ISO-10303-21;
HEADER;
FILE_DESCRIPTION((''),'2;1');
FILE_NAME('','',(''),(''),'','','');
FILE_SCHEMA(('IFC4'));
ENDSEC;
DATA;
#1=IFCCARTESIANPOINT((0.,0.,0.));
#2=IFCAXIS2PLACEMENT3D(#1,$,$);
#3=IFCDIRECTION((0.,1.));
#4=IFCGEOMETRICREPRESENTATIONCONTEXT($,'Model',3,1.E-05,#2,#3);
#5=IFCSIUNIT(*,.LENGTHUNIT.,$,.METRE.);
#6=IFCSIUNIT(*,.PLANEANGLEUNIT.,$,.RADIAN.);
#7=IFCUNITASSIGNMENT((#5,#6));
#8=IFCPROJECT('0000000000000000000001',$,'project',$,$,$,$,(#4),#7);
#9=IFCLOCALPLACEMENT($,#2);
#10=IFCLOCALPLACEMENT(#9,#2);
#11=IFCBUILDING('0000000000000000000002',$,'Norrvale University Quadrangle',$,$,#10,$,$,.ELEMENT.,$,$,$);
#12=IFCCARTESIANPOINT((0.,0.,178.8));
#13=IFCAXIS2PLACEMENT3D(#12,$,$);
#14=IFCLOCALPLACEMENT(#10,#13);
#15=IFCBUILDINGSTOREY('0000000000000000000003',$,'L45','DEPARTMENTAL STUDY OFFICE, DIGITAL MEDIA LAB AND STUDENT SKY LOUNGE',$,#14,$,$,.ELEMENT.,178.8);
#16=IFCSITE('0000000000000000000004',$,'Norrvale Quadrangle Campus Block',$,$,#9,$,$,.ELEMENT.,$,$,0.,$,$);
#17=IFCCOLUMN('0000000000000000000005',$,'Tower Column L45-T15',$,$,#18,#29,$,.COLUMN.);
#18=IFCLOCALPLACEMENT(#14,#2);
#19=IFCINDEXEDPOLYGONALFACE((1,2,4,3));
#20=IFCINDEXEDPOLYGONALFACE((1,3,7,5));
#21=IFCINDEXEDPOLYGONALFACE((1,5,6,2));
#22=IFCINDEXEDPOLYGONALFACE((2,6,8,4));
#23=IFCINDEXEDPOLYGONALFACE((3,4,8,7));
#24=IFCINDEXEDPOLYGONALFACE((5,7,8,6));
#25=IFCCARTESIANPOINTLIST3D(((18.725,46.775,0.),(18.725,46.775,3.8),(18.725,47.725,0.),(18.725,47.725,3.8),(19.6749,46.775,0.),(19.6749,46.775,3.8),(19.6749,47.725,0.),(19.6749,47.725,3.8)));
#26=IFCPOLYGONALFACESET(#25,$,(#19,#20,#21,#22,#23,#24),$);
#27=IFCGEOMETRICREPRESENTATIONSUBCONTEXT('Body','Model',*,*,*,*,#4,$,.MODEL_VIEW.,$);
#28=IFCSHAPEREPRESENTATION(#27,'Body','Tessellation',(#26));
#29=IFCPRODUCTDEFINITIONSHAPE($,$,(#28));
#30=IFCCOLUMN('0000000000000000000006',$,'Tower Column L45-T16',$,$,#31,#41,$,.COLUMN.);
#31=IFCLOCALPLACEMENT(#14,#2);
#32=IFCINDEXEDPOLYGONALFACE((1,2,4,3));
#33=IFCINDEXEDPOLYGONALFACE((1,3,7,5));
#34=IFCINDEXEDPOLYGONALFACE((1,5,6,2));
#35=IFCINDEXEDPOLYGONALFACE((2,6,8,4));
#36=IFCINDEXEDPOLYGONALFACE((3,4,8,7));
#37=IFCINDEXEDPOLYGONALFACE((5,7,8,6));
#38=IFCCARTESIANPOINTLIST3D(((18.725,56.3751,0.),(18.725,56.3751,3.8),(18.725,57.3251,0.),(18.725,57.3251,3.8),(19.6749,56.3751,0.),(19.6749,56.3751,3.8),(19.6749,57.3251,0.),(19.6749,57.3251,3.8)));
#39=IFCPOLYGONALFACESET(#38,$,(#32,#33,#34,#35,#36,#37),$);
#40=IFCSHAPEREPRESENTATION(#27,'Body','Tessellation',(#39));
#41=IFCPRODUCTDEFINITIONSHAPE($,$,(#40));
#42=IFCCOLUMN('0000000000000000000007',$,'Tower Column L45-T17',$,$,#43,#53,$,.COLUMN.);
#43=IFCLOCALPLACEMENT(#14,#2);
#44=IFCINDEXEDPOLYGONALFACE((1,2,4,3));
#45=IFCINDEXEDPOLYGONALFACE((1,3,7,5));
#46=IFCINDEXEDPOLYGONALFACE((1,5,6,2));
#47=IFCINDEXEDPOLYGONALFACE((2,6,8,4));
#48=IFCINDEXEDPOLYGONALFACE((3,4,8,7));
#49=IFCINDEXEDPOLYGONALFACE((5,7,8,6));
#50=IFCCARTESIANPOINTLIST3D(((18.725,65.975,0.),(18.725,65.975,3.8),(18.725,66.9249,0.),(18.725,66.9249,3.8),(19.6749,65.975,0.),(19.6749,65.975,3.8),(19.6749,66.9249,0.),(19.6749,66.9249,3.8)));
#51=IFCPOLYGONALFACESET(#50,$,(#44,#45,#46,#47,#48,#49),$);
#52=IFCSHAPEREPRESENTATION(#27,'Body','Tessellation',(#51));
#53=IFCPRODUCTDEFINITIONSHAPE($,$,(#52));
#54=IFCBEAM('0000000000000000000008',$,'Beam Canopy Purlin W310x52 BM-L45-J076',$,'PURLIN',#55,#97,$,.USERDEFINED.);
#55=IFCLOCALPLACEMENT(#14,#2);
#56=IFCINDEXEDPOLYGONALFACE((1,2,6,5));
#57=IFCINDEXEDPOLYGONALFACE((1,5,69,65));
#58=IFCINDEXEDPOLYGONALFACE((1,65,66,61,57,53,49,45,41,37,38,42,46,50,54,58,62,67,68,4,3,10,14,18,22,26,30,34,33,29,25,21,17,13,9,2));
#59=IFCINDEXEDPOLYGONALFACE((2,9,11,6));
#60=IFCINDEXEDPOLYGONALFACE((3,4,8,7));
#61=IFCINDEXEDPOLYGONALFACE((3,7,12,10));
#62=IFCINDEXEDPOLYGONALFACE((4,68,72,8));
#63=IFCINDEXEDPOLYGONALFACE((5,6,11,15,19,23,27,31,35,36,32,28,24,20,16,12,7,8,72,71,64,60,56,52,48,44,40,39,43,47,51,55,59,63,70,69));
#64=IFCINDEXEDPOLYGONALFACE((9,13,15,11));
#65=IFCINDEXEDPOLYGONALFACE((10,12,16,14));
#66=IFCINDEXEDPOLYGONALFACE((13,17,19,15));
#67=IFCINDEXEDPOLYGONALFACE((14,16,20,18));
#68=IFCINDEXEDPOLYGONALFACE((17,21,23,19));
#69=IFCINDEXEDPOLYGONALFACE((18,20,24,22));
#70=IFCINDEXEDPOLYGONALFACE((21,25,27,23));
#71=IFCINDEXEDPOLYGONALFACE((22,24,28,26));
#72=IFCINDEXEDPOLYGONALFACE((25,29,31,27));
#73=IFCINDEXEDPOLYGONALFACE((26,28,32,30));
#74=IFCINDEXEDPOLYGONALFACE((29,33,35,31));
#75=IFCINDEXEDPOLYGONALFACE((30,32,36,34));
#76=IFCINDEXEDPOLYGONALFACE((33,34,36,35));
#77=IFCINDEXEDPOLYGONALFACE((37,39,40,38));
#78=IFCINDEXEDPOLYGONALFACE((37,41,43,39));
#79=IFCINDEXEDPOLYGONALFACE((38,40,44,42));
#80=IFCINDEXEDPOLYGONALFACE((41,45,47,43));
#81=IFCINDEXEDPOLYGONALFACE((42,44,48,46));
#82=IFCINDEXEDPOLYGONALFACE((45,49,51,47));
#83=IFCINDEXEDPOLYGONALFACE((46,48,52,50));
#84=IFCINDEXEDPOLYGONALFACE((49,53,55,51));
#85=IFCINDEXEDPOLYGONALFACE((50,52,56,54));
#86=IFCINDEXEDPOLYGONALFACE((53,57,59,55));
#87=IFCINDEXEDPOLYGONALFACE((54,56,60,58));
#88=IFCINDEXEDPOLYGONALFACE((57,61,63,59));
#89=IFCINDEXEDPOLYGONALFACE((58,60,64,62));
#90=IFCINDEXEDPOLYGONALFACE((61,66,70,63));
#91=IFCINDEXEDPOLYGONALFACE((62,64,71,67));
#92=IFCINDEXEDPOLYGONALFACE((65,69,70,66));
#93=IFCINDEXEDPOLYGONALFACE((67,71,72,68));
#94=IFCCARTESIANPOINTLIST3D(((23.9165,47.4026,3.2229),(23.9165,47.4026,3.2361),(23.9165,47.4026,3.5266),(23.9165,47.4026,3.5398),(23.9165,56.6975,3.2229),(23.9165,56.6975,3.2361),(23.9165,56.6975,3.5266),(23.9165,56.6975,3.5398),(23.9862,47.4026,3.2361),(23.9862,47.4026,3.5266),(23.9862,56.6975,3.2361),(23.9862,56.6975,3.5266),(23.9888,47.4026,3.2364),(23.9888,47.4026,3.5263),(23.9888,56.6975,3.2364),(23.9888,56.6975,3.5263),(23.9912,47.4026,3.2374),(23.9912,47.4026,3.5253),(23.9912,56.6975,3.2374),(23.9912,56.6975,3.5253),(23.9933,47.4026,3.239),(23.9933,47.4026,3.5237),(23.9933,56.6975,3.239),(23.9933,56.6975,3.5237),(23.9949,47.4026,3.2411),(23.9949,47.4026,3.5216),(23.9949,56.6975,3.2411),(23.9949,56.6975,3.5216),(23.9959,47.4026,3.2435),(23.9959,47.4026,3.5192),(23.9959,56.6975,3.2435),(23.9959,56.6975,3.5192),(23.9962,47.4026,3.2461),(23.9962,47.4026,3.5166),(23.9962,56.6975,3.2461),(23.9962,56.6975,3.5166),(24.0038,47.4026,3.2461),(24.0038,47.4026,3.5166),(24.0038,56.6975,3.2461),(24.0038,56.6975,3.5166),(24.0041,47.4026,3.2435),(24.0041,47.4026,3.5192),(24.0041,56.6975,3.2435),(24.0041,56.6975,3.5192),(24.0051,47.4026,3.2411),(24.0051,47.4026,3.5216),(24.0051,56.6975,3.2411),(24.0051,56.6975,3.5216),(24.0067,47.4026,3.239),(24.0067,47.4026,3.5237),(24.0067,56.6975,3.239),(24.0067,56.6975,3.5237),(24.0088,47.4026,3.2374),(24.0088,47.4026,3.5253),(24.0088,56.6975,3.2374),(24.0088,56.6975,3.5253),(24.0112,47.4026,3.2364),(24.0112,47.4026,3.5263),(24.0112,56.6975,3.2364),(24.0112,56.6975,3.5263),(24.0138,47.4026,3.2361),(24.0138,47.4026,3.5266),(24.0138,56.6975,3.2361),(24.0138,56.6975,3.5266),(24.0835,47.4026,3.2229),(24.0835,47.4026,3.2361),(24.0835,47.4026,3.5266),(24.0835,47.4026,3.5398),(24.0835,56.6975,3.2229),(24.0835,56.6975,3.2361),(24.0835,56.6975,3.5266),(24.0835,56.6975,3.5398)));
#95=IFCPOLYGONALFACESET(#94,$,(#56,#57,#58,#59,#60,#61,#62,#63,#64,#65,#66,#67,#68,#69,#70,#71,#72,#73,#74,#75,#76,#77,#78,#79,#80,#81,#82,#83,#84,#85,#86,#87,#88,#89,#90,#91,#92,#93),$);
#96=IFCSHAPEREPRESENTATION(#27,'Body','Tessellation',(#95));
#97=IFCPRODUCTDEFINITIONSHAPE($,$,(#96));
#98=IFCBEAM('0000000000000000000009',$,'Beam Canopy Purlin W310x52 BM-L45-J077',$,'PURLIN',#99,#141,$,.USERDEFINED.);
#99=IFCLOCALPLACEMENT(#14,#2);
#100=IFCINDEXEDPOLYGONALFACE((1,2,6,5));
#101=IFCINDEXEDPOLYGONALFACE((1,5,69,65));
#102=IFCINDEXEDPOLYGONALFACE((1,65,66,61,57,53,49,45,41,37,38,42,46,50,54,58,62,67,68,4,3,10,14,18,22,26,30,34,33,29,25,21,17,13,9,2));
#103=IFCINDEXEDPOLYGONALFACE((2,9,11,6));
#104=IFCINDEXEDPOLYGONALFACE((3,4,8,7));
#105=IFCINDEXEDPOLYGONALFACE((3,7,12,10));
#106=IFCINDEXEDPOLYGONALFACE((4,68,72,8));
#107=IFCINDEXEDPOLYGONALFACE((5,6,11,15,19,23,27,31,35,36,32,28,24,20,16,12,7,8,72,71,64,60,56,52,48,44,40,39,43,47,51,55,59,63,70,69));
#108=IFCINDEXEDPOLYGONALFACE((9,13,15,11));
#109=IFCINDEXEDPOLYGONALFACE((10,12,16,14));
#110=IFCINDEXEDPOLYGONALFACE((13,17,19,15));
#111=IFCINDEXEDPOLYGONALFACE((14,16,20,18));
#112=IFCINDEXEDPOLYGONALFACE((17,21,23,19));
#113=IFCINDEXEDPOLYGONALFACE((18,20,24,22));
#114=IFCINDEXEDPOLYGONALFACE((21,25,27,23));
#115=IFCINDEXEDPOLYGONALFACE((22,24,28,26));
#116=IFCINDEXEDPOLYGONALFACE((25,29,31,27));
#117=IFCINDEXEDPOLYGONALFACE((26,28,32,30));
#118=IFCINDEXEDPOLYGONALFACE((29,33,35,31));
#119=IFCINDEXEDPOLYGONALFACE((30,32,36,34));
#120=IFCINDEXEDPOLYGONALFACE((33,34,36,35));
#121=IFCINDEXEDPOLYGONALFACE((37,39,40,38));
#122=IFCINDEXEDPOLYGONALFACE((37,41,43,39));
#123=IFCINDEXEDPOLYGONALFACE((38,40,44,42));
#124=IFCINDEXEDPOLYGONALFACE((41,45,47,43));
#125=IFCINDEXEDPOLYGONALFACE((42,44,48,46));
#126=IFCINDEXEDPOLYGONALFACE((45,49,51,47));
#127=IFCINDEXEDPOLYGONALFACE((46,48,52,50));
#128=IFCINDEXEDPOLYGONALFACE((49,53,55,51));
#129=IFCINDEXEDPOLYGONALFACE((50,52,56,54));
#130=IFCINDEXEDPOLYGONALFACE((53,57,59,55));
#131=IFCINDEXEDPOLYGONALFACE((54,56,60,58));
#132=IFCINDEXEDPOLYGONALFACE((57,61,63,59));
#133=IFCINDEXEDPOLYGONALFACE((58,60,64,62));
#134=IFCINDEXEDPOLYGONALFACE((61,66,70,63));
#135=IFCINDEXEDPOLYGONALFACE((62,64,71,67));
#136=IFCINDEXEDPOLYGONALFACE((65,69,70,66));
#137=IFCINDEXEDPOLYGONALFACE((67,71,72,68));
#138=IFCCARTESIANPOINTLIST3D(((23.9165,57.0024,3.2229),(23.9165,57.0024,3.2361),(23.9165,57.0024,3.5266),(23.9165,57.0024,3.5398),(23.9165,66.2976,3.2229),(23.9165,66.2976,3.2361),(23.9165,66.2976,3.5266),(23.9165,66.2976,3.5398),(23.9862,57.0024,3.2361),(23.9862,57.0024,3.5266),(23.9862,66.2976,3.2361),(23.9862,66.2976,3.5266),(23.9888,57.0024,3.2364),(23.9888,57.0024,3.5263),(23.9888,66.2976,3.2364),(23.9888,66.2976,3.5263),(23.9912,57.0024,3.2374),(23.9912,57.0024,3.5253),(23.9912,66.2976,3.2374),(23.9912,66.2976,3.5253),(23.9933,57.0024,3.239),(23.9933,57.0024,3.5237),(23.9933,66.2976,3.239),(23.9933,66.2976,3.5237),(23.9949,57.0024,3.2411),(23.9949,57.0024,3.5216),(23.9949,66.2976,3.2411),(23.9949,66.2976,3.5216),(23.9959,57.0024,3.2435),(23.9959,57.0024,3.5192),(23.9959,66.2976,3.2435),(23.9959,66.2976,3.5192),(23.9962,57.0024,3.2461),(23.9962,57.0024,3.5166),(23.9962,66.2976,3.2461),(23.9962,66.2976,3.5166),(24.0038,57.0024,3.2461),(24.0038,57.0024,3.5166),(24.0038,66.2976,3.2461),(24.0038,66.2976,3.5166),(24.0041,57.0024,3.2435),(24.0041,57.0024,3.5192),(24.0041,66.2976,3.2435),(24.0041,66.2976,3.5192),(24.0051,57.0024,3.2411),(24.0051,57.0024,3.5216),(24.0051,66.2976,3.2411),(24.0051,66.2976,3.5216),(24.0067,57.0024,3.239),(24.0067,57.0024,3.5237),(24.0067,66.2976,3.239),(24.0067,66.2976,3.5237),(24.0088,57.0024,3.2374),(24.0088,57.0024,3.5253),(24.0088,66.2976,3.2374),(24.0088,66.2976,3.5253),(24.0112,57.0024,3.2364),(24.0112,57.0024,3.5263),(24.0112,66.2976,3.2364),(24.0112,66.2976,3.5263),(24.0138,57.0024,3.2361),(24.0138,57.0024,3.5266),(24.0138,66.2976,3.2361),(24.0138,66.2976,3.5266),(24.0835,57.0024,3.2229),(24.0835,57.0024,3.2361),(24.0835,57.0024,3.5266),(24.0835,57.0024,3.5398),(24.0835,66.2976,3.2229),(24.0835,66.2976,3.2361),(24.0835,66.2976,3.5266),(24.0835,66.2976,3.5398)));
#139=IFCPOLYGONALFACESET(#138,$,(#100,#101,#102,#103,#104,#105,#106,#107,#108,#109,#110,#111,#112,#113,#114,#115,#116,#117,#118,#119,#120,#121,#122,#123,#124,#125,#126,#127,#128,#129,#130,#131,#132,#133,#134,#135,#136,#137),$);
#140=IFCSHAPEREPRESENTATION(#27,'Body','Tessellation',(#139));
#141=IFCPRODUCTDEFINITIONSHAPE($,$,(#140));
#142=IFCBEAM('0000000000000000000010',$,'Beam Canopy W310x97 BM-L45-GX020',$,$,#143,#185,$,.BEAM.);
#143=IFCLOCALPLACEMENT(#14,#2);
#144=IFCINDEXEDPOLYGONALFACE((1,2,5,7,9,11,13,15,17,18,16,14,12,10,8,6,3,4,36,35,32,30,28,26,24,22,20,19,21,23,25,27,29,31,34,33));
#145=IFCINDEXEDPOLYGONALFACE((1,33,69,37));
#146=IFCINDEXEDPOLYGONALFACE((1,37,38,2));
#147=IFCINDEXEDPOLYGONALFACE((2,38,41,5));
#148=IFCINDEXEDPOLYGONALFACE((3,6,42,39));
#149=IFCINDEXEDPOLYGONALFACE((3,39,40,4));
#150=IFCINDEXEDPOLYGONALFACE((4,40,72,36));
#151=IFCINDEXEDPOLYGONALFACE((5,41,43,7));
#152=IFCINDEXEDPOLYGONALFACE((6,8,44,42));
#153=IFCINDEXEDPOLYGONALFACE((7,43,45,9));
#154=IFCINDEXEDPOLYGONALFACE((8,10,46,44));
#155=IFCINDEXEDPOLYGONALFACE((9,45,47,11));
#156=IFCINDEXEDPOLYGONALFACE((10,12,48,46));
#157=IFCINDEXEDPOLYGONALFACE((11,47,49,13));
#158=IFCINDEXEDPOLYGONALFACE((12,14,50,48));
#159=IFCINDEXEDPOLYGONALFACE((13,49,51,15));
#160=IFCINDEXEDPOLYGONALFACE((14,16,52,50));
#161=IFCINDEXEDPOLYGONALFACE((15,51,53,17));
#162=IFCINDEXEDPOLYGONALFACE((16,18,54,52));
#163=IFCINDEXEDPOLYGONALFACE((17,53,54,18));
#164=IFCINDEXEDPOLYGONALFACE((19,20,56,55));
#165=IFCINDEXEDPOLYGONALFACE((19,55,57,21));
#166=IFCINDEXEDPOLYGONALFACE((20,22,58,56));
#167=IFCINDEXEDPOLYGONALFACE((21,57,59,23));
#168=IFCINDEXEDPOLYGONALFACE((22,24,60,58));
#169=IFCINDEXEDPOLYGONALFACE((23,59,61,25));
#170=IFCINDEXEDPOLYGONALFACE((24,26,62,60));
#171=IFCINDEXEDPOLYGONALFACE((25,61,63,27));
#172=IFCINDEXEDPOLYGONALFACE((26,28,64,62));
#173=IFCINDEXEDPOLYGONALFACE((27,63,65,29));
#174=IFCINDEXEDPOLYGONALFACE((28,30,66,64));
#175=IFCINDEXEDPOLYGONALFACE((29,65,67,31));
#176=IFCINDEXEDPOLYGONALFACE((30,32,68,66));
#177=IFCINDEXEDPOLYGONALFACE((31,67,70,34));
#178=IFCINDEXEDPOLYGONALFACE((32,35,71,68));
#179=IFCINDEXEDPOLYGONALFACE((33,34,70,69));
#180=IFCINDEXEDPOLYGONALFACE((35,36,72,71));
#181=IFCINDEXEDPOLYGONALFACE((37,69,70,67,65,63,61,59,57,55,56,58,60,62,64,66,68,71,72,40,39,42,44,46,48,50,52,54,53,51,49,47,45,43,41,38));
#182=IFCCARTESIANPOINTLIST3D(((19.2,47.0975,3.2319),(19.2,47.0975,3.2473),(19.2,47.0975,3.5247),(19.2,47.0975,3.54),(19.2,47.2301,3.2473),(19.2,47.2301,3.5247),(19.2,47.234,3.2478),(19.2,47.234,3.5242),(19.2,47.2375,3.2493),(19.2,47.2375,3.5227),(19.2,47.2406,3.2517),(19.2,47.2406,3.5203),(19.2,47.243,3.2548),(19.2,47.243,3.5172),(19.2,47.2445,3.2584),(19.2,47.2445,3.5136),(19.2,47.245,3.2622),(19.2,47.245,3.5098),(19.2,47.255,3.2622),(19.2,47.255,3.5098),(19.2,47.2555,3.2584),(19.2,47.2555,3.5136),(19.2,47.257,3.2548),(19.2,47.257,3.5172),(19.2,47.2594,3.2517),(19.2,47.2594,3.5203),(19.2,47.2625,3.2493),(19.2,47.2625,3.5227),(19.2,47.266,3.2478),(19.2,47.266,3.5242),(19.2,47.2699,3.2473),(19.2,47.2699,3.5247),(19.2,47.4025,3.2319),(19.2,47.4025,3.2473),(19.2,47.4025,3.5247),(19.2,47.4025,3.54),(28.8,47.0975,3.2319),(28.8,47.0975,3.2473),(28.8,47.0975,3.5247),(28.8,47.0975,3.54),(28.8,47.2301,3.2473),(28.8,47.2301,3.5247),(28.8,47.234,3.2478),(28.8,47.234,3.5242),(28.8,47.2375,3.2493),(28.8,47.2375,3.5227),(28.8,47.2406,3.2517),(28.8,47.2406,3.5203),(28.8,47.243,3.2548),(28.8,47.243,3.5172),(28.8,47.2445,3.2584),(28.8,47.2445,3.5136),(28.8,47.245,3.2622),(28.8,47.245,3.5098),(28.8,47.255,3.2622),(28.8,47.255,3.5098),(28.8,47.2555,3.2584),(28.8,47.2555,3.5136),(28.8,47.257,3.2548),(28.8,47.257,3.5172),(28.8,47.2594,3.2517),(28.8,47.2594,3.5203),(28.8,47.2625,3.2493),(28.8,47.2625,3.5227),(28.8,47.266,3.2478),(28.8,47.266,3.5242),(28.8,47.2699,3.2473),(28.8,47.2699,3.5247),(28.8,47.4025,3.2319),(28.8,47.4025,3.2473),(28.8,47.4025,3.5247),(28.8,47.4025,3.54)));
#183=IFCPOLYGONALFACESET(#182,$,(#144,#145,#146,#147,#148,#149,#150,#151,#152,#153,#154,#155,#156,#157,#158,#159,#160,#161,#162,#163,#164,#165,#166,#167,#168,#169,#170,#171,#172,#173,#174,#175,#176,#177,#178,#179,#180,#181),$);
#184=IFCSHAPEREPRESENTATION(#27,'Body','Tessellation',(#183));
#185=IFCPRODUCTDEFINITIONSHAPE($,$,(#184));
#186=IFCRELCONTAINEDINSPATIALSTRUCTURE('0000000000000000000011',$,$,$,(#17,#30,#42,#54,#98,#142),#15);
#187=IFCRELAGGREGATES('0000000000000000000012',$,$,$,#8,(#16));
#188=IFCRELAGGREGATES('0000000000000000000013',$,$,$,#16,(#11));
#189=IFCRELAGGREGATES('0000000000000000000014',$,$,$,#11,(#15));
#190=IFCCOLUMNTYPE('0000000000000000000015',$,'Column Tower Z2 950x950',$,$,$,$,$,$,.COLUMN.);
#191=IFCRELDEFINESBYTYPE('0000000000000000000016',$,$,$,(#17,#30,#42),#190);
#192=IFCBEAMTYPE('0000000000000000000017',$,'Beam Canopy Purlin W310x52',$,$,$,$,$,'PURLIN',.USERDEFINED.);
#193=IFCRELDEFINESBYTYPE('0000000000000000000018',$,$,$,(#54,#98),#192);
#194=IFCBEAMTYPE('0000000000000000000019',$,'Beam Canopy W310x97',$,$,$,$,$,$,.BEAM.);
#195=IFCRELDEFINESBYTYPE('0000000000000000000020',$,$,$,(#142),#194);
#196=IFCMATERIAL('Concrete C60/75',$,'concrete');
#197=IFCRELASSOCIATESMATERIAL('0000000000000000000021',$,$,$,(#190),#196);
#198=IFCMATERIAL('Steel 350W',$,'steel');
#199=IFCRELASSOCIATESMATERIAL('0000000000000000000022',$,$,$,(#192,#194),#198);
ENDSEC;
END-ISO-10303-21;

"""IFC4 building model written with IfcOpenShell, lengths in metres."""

from ifc_helpers import new_model, si_unit, direction, frame, origin, origin_2d, place, context, subcontext, project, spatial, rectangle, i_section, extrude, material, material_profile, profile_set, type_object, element, save


model = new_model("IFC4")

# Units and contexts
model_context = context("Model", 3, precision=1e-05, world=origin(), true_north=direction((0.0, 1.0)))
body_context = subcontext(model_context, "Body", "Model", "MODEL_VIEW")
ifc_project = project(units=[si_unit("LENGTHUNIT", "METRE"), si_unit("PLANEANGLEUNIT", "RADIAN")], contexts=[model_context])

# Site, building, storey
site_placement = place(None, origin())
site = spatial("IfcSite", under=ifc_project, at=site_placement, Name="Norrvale Quadrangle Campus Block", CompositionType="ELEMENT", RefElevation=0.0)
building_placement = place(site_placement, origin())
building = spatial("IfcBuilding", under=site, at=building_placement, Name="Norrvale University Quadrangle", CompositionType="ELEMENT")
storey_placement = place(building_placement, frame((0.0, 0.0, 178.8)))
storey = spatial("IfcBuildingStorey", under=building, at=storey_placement, Name="L45", Description="DEPARTMENTAL STUDY OFFICE, DIGITAL MEDIA LAB AND STUDENT SKY LOUNGE", CompositionType="ELEMENT", Elevation=178.8)

# Columns
ifc_material_1 = material(Name="Concrete C60/75", Category="concrete")
ifc_material_profile_1 = material_profile(ifc_material_1, rectangle(XDim=0.95, YDim=0.95, at=origin_2d()), Name="Concrete C60/75")
ifc_profile_set_1 = profile_set([ifc_material_profile_1], Name="Concrete C60/75")
column_type = type_object("IfcColumnType", Name="Column Tower Z2 950x950", PredefinedType="COLUMN", material=ifc_profile_set_1)
for number, where, z_axis, x_axis, name in (
    (1, (19.2, 47.25, 0.0), (0.0, 0.0, 1.0), (1.0, 0.0, 0.0), "Tower Column L45-T15"),
    (2, (19.2, 56.8501, 0.0), (0.0, 0.0, 1.0), (1.0, 0.0, 0.0), "Tower Column L45-T16"),
    (3, (19.2, 66.45, 0.0), (0.0, 0.0, 1.0), (1.0, 0.0, 0.0), "Tower Column L45-T17"),
):
    element("IfcColumn", number, at=place(storey_placement, frame(where, z_axis=z_axis, x_axis=x_axis)), inside=storey, type_object=column_type, Name=name, PredefinedType="COLUMN", context=body_context, shape_type="SweptSolid", body=[
        extrude(rectangle(XDim=0.95, YDim=0.95, at=origin_2d()), origin(), (0.0, 0.0, 1.0), 3.8),
    ])

# Beams
ifc_material_2 = material(Name="Steel 350W", Category="steel")
ifc_material_profile_2 = material_profile(ifc_material_2, i_section(OverallWidth=0.167, OverallDepth=0.3169, WebThickness=0.0076, FlangeThickness=0.0132, FilletRadius=0.01, at=origin_2d()), Name="Steel 350W")
ifc_profile_set_2 = profile_set([ifc_material_profile_2], Name="Steel 350W")
beam_type_1 = type_object("IfcBeamType", Name="Beam Canopy Purlin W310x52", ElementType="PURLIN", PredefinedType="USERDEFINED", material=ifc_profile_set_2)
beam_1_placement = place(storey_placement, frame((24.0, 47.4026, 3.3813), z_axis=(0.0, 1.0, 0.0), x_axis=(-1.0, 0.0, 0.0)))
element("IfcBeam", 4, at=beam_1_placement, inside=storey, type_object=beam_type_1, Name="Beam Canopy Purlin W310x52 BM-L45-J076", ObjectType="PURLIN", PredefinedType="USERDEFINED", context=body_context, shape_type="SweptSolid", body=[
    extrude(i_section(OverallWidth=0.167, OverallDepth=0.3169, WebThickness=0.0076, FlangeThickness=0.0132, FilletRadius=0.01, at=origin_2d()), origin(), (0.0, 0.0, 1.0), 9.2949),
])
beam_2_placement = place(storey_placement, frame((24.0, 57.0024, 3.3813), z_axis=(0.0, 1.0, 0.0), x_axis=(-1.0, 0.0, 0.0)))
element("IfcBeam", 5, at=beam_2_placement, inside=storey, type_object=beam_type_1, Name="Beam Canopy Purlin W310x52 BM-L45-J077", ObjectType="PURLIN", PredefinedType="USERDEFINED", context=body_context, shape_type="SweptSolid", body=[
    extrude(i_section(OverallWidth=0.167, OverallDepth=0.3169, WebThickness=0.0076, FlangeThickness=0.0132, FilletRadius=0.01, at=origin_2d()), origin(), (0.0, 0.0, 1.0), 9.2952),
])
ifc_material_profile_3 = material_profile(ifc_material_2, i_section(OverallWidth=0.3049, OverallDepth=0.3081, WebThickness=0.01, FlangeThickness=0.0154, FilletRadius=0.0149, at=origin_2d()), Name="Steel 350W")
ifc_profile_set_3 = profile_set([ifc_material_profile_3], Name="Steel 350W")
beam_type_2 = type_object("IfcBeamType", Name="Beam Canopy W310x97", PredefinedType="BEAM", material=ifc_profile_set_3)
for number, where, z_axis, x_axis, name in (
    (6, (19.2, 47.25, 3.386), (1.0, 0.0, 0.0), (0.0, 1.0, 0.0), "Beam Canopy W310x97 BM-L45-GX020"),
):
    element("IfcBeam", number, at=place(storey_placement, frame(where, z_axis=z_axis, x_axis=x_axis)), inside=storey, type_object=beam_type_2, Name=name, PredefinedType="BEAM", context=body_context, shape_type="SweptSolid", body=[
        extrude(i_section(OverallWidth=0.3049, OverallDepth=0.3081, WebThickness=0.01, FlangeThickness=0.0154, FilletRadius=0.0149, at=origin_2d()), origin(), (0.0, 0.0, 1.0), 9.6001),
    ])

save(model, "model.ifc")
